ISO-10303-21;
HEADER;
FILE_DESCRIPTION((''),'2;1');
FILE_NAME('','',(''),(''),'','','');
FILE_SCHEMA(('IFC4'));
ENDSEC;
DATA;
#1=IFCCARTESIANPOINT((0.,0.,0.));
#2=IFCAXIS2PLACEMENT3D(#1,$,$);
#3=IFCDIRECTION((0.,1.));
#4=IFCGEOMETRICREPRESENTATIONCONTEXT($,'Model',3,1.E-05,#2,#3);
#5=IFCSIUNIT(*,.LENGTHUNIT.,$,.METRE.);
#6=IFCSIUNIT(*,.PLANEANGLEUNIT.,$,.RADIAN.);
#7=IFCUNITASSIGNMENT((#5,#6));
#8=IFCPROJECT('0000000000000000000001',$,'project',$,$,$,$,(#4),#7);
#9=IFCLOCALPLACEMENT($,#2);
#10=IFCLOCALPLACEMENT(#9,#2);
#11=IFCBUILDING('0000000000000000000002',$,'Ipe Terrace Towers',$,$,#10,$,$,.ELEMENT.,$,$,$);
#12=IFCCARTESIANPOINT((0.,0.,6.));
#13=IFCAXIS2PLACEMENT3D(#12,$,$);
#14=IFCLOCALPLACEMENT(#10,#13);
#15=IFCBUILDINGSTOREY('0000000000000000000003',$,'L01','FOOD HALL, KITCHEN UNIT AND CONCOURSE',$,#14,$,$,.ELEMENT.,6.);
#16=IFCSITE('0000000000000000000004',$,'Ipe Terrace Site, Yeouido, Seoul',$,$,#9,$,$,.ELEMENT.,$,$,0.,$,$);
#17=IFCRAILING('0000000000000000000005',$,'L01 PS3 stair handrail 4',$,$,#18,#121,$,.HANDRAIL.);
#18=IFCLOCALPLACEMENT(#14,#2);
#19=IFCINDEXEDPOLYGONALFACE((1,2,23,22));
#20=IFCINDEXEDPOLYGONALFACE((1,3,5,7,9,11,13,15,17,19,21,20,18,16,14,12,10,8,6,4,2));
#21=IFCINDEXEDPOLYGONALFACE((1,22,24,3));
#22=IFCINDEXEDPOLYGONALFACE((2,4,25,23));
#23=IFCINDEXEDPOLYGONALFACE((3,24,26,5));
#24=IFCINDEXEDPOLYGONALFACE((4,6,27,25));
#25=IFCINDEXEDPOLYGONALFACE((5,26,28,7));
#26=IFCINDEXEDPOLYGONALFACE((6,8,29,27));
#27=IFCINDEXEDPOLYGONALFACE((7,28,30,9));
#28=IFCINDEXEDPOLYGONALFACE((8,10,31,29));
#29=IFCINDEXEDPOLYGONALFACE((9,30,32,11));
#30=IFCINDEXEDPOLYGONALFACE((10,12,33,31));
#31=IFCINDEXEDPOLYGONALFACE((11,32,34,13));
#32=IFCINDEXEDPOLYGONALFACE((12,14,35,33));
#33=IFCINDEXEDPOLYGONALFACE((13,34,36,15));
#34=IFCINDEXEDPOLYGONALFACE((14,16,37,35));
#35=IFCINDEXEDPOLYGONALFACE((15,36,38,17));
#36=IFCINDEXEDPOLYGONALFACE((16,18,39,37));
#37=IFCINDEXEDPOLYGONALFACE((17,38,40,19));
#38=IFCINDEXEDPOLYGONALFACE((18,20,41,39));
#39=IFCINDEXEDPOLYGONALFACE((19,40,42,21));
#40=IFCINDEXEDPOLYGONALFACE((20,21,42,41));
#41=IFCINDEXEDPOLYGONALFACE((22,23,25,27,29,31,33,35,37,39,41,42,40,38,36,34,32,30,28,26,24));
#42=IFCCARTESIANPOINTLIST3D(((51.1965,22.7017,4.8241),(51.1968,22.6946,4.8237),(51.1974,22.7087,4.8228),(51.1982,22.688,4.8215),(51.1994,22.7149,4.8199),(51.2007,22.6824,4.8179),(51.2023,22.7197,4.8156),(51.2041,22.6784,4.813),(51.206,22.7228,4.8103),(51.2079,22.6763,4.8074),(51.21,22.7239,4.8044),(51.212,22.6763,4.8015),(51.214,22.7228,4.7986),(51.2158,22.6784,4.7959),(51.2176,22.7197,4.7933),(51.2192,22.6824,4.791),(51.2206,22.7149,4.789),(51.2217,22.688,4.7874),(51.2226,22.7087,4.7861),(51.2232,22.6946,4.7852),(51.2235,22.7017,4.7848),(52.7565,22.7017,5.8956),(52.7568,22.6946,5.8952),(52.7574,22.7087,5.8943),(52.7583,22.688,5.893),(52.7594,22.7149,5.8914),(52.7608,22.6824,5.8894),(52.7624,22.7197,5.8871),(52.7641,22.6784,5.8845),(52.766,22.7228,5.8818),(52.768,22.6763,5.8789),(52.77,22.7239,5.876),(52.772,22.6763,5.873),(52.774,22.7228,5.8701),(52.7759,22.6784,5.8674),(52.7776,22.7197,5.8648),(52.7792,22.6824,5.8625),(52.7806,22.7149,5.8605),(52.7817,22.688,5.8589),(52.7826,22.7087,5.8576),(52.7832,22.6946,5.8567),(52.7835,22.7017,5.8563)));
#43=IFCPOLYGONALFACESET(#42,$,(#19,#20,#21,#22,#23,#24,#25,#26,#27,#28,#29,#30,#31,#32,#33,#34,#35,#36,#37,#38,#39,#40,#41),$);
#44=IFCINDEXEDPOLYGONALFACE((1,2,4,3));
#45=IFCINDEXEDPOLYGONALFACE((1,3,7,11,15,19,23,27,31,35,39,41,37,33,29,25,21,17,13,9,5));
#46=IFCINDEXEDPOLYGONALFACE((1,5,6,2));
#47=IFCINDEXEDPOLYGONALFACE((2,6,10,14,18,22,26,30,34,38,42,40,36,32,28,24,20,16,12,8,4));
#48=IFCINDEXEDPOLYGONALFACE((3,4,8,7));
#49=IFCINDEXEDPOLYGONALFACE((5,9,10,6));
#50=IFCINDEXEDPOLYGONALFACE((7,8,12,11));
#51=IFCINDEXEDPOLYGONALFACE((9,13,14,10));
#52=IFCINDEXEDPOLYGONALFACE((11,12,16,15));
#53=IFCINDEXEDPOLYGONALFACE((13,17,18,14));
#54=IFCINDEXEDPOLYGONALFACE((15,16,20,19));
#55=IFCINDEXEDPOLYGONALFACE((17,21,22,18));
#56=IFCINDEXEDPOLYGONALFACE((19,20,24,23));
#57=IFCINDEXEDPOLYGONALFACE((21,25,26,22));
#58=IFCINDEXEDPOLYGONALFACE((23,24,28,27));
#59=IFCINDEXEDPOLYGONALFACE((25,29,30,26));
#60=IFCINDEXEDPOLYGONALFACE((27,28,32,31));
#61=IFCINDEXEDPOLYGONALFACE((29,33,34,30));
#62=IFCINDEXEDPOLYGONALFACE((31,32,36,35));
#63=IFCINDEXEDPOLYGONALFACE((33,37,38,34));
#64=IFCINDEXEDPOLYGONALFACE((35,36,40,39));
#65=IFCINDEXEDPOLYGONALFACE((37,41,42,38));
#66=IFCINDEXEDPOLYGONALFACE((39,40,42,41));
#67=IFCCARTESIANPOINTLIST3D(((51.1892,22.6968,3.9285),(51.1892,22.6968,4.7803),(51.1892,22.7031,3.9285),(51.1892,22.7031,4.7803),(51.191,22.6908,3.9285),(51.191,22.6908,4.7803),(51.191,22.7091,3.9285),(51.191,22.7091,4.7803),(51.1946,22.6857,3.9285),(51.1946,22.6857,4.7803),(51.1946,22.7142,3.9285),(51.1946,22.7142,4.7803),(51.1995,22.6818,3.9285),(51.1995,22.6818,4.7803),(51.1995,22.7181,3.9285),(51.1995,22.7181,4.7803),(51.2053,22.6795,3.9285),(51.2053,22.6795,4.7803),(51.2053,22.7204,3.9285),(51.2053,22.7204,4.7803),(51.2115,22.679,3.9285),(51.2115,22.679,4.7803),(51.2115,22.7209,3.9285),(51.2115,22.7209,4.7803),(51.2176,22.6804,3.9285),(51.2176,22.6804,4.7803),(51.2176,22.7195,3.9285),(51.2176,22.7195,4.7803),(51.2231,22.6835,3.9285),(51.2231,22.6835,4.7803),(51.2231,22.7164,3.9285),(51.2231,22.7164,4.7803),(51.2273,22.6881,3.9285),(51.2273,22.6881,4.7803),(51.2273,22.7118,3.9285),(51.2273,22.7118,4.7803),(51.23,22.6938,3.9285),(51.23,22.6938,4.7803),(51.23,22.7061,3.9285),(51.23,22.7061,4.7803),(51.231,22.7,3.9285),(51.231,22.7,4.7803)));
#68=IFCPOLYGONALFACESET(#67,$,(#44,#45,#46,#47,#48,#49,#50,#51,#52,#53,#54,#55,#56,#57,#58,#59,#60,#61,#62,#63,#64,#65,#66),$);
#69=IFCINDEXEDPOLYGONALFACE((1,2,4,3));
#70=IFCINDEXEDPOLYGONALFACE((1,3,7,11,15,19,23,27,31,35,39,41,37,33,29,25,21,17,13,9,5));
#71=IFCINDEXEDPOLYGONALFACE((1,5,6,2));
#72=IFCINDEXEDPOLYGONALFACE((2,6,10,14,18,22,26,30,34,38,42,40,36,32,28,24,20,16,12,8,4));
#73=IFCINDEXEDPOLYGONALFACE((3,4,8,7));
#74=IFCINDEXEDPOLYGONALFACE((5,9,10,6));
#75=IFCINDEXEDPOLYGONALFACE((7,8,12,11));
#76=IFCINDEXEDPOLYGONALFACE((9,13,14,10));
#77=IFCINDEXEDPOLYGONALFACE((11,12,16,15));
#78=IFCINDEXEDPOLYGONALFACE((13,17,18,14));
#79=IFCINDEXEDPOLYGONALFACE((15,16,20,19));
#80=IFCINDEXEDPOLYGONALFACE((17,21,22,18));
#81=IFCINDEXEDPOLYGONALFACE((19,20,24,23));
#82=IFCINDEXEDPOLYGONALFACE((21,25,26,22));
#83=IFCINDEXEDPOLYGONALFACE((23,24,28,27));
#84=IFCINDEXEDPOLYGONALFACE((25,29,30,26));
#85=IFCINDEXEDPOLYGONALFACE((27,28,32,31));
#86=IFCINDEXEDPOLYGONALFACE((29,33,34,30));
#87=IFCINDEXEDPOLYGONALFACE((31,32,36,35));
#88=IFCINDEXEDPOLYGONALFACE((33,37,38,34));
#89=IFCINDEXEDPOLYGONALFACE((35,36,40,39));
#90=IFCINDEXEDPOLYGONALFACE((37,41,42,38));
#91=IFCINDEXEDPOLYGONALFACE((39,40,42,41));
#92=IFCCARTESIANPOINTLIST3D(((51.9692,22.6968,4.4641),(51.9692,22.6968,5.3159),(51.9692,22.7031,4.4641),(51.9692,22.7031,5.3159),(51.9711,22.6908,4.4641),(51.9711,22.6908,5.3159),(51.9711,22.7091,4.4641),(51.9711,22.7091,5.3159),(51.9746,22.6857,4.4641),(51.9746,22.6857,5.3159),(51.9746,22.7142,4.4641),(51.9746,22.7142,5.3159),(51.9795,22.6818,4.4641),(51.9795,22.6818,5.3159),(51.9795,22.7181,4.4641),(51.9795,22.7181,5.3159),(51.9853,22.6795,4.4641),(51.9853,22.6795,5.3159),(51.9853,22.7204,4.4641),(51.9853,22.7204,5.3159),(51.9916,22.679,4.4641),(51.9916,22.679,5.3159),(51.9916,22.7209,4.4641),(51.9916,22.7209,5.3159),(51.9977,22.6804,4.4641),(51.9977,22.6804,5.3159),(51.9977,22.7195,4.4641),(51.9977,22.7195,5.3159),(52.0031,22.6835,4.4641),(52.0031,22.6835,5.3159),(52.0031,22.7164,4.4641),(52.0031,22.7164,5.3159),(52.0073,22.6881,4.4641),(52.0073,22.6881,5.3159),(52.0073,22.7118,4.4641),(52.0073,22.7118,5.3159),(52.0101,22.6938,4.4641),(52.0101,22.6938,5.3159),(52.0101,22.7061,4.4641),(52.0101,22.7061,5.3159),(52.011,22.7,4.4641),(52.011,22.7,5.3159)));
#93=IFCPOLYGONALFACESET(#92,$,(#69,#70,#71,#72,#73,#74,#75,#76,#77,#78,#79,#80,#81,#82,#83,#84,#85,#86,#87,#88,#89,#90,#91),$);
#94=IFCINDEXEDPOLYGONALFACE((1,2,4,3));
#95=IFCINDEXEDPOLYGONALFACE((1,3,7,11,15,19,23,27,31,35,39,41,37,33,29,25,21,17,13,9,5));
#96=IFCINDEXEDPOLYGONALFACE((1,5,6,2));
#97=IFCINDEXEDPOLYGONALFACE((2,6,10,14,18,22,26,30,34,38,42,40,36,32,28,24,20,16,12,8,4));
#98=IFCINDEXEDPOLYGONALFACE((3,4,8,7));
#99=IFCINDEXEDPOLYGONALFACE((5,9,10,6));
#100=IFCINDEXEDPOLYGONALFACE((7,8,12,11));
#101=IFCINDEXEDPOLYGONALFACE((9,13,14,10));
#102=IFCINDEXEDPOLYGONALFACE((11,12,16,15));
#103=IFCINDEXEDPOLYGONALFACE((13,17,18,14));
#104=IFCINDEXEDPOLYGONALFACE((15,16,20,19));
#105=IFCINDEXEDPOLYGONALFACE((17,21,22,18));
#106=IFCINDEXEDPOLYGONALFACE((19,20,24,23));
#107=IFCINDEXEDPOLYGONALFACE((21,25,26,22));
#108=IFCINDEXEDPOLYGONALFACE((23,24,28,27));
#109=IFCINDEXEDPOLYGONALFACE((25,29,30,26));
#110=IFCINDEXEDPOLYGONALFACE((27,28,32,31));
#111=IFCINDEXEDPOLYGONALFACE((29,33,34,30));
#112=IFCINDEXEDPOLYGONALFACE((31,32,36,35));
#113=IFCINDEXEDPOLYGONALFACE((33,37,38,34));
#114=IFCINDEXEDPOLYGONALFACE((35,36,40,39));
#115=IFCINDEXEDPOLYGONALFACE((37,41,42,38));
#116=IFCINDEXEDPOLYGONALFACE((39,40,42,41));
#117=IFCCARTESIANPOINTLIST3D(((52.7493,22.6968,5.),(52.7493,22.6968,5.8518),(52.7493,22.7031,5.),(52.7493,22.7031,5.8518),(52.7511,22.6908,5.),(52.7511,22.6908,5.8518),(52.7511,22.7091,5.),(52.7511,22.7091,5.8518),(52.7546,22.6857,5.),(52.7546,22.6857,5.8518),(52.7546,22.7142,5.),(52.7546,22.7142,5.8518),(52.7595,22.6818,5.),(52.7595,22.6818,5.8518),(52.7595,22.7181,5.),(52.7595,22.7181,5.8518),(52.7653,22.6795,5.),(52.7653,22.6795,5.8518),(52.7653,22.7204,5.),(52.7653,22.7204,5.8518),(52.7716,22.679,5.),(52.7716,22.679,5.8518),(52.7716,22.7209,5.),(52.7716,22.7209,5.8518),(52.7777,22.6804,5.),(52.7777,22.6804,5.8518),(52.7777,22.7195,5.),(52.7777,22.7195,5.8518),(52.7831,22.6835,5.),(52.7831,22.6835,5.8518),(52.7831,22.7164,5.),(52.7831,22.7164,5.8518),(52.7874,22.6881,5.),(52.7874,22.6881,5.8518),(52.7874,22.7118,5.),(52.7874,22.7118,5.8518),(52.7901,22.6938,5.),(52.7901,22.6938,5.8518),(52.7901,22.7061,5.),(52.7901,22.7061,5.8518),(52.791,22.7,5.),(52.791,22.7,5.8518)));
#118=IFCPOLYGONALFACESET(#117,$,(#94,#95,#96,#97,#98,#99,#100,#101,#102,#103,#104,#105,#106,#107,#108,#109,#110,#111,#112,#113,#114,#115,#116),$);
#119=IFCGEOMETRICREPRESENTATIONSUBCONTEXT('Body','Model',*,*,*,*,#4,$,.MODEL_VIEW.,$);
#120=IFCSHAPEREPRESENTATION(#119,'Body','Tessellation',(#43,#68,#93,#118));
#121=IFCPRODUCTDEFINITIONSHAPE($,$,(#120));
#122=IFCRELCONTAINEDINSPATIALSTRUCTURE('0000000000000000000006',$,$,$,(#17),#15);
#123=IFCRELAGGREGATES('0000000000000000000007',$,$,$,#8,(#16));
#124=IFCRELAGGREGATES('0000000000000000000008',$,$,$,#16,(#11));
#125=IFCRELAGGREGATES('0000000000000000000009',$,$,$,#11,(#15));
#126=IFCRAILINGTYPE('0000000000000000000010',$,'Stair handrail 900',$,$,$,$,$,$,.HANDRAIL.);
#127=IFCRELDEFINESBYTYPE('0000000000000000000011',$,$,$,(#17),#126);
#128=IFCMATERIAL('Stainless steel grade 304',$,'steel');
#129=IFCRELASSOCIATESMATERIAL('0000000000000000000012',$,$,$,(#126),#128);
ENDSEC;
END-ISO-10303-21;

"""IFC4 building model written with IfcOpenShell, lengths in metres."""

from ifc_helpers import new_model, si_unit, direction, frame, origin, origin_2d, place, context, subcontext, project, spatial, circle, extrude, material, type_object, element, save


model = new_model("IFC4")

# Units and contexts
model_context = context("Model", 3, precision=1e-05, world=origin(), true_north=direction((0.0, 1.0)))
body_context = subcontext(model_context, "Body", "Model", "MODEL_VIEW")
ifc_project = project(units=[si_unit("LENGTHUNIT", "METRE"), si_unit("PLANEANGLEUNIT", "RADIAN")], contexts=[model_context])

# Site, building, storey
site_placement = place(None, origin())
site = spatial("IfcSite", under=ifc_project, at=site_placement, Name="Ipe Terrace Site, Yeouido, Seoul", CompositionType="ELEMENT", RefElevation=0.0)
building_placement = place(site_placement, origin())
building = spatial("IfcBuilding", under=site, at=building_placement, Name="Ipe Terrace Towers", CompositionType="ELEMENT")
storey_placement = place(building_placement, frame((0.0, 0.0, 6.0)))
storey = spatial("IfcBuildingStorey", under=building, at=storey_placement, Name="L01", Description="FOOD HALL, KITCHEN UNIT AND CONCOURSE", CompositionType="ELEMENT", Elevation=6.0)

# Railing
ifc_material_1 = material(Name="Stainless steel grade 304", Category="steel")
railing_type_1 = type_object("IfcRailingType", Name="Stair handrail 900", PredefinedType="HANDRAIL", material=ifc_material_1)
railing_1_placement = place(storey_placement, frame((51.21, 22.7, 3.9285)))
element("IfcRailing", 1, at=railing_1_placement, inside=storey, type_object=railing_type_1, Name="L01 PS3 stair handrail 4", PredefinedType="HANDRAIL", context=body_context, shape_type="SweptSolid", body=[
    extrude(circle(Radius=0.0239, at=origin_2d()), frame((0.0, 0.0, 0.876), z_axis=(0.82429, 0.0, 0.566167), x_axis=(0.0, 1.0, 0.0)), (0.0, 0.0, 1.0), 1.8926),
    extrude(circle(Radius=0.021, at=origin_2d()), origin(), (0.0, 0.0, 1.0), 0.8518),
    extrude(circle(Radius=0.021, at=origin_2d()), frame((0.78, 0.0, 0.5356)), (0.0, 0.0, 1.0), 0.8518),
    extrude(circle(Radius=0.021, at=origin_2d()), frame((1.5601, 0.0, 1.0715)), (0.0, 0.0, 1.0), 0.8518),
])

save(model, "model.ifc")
